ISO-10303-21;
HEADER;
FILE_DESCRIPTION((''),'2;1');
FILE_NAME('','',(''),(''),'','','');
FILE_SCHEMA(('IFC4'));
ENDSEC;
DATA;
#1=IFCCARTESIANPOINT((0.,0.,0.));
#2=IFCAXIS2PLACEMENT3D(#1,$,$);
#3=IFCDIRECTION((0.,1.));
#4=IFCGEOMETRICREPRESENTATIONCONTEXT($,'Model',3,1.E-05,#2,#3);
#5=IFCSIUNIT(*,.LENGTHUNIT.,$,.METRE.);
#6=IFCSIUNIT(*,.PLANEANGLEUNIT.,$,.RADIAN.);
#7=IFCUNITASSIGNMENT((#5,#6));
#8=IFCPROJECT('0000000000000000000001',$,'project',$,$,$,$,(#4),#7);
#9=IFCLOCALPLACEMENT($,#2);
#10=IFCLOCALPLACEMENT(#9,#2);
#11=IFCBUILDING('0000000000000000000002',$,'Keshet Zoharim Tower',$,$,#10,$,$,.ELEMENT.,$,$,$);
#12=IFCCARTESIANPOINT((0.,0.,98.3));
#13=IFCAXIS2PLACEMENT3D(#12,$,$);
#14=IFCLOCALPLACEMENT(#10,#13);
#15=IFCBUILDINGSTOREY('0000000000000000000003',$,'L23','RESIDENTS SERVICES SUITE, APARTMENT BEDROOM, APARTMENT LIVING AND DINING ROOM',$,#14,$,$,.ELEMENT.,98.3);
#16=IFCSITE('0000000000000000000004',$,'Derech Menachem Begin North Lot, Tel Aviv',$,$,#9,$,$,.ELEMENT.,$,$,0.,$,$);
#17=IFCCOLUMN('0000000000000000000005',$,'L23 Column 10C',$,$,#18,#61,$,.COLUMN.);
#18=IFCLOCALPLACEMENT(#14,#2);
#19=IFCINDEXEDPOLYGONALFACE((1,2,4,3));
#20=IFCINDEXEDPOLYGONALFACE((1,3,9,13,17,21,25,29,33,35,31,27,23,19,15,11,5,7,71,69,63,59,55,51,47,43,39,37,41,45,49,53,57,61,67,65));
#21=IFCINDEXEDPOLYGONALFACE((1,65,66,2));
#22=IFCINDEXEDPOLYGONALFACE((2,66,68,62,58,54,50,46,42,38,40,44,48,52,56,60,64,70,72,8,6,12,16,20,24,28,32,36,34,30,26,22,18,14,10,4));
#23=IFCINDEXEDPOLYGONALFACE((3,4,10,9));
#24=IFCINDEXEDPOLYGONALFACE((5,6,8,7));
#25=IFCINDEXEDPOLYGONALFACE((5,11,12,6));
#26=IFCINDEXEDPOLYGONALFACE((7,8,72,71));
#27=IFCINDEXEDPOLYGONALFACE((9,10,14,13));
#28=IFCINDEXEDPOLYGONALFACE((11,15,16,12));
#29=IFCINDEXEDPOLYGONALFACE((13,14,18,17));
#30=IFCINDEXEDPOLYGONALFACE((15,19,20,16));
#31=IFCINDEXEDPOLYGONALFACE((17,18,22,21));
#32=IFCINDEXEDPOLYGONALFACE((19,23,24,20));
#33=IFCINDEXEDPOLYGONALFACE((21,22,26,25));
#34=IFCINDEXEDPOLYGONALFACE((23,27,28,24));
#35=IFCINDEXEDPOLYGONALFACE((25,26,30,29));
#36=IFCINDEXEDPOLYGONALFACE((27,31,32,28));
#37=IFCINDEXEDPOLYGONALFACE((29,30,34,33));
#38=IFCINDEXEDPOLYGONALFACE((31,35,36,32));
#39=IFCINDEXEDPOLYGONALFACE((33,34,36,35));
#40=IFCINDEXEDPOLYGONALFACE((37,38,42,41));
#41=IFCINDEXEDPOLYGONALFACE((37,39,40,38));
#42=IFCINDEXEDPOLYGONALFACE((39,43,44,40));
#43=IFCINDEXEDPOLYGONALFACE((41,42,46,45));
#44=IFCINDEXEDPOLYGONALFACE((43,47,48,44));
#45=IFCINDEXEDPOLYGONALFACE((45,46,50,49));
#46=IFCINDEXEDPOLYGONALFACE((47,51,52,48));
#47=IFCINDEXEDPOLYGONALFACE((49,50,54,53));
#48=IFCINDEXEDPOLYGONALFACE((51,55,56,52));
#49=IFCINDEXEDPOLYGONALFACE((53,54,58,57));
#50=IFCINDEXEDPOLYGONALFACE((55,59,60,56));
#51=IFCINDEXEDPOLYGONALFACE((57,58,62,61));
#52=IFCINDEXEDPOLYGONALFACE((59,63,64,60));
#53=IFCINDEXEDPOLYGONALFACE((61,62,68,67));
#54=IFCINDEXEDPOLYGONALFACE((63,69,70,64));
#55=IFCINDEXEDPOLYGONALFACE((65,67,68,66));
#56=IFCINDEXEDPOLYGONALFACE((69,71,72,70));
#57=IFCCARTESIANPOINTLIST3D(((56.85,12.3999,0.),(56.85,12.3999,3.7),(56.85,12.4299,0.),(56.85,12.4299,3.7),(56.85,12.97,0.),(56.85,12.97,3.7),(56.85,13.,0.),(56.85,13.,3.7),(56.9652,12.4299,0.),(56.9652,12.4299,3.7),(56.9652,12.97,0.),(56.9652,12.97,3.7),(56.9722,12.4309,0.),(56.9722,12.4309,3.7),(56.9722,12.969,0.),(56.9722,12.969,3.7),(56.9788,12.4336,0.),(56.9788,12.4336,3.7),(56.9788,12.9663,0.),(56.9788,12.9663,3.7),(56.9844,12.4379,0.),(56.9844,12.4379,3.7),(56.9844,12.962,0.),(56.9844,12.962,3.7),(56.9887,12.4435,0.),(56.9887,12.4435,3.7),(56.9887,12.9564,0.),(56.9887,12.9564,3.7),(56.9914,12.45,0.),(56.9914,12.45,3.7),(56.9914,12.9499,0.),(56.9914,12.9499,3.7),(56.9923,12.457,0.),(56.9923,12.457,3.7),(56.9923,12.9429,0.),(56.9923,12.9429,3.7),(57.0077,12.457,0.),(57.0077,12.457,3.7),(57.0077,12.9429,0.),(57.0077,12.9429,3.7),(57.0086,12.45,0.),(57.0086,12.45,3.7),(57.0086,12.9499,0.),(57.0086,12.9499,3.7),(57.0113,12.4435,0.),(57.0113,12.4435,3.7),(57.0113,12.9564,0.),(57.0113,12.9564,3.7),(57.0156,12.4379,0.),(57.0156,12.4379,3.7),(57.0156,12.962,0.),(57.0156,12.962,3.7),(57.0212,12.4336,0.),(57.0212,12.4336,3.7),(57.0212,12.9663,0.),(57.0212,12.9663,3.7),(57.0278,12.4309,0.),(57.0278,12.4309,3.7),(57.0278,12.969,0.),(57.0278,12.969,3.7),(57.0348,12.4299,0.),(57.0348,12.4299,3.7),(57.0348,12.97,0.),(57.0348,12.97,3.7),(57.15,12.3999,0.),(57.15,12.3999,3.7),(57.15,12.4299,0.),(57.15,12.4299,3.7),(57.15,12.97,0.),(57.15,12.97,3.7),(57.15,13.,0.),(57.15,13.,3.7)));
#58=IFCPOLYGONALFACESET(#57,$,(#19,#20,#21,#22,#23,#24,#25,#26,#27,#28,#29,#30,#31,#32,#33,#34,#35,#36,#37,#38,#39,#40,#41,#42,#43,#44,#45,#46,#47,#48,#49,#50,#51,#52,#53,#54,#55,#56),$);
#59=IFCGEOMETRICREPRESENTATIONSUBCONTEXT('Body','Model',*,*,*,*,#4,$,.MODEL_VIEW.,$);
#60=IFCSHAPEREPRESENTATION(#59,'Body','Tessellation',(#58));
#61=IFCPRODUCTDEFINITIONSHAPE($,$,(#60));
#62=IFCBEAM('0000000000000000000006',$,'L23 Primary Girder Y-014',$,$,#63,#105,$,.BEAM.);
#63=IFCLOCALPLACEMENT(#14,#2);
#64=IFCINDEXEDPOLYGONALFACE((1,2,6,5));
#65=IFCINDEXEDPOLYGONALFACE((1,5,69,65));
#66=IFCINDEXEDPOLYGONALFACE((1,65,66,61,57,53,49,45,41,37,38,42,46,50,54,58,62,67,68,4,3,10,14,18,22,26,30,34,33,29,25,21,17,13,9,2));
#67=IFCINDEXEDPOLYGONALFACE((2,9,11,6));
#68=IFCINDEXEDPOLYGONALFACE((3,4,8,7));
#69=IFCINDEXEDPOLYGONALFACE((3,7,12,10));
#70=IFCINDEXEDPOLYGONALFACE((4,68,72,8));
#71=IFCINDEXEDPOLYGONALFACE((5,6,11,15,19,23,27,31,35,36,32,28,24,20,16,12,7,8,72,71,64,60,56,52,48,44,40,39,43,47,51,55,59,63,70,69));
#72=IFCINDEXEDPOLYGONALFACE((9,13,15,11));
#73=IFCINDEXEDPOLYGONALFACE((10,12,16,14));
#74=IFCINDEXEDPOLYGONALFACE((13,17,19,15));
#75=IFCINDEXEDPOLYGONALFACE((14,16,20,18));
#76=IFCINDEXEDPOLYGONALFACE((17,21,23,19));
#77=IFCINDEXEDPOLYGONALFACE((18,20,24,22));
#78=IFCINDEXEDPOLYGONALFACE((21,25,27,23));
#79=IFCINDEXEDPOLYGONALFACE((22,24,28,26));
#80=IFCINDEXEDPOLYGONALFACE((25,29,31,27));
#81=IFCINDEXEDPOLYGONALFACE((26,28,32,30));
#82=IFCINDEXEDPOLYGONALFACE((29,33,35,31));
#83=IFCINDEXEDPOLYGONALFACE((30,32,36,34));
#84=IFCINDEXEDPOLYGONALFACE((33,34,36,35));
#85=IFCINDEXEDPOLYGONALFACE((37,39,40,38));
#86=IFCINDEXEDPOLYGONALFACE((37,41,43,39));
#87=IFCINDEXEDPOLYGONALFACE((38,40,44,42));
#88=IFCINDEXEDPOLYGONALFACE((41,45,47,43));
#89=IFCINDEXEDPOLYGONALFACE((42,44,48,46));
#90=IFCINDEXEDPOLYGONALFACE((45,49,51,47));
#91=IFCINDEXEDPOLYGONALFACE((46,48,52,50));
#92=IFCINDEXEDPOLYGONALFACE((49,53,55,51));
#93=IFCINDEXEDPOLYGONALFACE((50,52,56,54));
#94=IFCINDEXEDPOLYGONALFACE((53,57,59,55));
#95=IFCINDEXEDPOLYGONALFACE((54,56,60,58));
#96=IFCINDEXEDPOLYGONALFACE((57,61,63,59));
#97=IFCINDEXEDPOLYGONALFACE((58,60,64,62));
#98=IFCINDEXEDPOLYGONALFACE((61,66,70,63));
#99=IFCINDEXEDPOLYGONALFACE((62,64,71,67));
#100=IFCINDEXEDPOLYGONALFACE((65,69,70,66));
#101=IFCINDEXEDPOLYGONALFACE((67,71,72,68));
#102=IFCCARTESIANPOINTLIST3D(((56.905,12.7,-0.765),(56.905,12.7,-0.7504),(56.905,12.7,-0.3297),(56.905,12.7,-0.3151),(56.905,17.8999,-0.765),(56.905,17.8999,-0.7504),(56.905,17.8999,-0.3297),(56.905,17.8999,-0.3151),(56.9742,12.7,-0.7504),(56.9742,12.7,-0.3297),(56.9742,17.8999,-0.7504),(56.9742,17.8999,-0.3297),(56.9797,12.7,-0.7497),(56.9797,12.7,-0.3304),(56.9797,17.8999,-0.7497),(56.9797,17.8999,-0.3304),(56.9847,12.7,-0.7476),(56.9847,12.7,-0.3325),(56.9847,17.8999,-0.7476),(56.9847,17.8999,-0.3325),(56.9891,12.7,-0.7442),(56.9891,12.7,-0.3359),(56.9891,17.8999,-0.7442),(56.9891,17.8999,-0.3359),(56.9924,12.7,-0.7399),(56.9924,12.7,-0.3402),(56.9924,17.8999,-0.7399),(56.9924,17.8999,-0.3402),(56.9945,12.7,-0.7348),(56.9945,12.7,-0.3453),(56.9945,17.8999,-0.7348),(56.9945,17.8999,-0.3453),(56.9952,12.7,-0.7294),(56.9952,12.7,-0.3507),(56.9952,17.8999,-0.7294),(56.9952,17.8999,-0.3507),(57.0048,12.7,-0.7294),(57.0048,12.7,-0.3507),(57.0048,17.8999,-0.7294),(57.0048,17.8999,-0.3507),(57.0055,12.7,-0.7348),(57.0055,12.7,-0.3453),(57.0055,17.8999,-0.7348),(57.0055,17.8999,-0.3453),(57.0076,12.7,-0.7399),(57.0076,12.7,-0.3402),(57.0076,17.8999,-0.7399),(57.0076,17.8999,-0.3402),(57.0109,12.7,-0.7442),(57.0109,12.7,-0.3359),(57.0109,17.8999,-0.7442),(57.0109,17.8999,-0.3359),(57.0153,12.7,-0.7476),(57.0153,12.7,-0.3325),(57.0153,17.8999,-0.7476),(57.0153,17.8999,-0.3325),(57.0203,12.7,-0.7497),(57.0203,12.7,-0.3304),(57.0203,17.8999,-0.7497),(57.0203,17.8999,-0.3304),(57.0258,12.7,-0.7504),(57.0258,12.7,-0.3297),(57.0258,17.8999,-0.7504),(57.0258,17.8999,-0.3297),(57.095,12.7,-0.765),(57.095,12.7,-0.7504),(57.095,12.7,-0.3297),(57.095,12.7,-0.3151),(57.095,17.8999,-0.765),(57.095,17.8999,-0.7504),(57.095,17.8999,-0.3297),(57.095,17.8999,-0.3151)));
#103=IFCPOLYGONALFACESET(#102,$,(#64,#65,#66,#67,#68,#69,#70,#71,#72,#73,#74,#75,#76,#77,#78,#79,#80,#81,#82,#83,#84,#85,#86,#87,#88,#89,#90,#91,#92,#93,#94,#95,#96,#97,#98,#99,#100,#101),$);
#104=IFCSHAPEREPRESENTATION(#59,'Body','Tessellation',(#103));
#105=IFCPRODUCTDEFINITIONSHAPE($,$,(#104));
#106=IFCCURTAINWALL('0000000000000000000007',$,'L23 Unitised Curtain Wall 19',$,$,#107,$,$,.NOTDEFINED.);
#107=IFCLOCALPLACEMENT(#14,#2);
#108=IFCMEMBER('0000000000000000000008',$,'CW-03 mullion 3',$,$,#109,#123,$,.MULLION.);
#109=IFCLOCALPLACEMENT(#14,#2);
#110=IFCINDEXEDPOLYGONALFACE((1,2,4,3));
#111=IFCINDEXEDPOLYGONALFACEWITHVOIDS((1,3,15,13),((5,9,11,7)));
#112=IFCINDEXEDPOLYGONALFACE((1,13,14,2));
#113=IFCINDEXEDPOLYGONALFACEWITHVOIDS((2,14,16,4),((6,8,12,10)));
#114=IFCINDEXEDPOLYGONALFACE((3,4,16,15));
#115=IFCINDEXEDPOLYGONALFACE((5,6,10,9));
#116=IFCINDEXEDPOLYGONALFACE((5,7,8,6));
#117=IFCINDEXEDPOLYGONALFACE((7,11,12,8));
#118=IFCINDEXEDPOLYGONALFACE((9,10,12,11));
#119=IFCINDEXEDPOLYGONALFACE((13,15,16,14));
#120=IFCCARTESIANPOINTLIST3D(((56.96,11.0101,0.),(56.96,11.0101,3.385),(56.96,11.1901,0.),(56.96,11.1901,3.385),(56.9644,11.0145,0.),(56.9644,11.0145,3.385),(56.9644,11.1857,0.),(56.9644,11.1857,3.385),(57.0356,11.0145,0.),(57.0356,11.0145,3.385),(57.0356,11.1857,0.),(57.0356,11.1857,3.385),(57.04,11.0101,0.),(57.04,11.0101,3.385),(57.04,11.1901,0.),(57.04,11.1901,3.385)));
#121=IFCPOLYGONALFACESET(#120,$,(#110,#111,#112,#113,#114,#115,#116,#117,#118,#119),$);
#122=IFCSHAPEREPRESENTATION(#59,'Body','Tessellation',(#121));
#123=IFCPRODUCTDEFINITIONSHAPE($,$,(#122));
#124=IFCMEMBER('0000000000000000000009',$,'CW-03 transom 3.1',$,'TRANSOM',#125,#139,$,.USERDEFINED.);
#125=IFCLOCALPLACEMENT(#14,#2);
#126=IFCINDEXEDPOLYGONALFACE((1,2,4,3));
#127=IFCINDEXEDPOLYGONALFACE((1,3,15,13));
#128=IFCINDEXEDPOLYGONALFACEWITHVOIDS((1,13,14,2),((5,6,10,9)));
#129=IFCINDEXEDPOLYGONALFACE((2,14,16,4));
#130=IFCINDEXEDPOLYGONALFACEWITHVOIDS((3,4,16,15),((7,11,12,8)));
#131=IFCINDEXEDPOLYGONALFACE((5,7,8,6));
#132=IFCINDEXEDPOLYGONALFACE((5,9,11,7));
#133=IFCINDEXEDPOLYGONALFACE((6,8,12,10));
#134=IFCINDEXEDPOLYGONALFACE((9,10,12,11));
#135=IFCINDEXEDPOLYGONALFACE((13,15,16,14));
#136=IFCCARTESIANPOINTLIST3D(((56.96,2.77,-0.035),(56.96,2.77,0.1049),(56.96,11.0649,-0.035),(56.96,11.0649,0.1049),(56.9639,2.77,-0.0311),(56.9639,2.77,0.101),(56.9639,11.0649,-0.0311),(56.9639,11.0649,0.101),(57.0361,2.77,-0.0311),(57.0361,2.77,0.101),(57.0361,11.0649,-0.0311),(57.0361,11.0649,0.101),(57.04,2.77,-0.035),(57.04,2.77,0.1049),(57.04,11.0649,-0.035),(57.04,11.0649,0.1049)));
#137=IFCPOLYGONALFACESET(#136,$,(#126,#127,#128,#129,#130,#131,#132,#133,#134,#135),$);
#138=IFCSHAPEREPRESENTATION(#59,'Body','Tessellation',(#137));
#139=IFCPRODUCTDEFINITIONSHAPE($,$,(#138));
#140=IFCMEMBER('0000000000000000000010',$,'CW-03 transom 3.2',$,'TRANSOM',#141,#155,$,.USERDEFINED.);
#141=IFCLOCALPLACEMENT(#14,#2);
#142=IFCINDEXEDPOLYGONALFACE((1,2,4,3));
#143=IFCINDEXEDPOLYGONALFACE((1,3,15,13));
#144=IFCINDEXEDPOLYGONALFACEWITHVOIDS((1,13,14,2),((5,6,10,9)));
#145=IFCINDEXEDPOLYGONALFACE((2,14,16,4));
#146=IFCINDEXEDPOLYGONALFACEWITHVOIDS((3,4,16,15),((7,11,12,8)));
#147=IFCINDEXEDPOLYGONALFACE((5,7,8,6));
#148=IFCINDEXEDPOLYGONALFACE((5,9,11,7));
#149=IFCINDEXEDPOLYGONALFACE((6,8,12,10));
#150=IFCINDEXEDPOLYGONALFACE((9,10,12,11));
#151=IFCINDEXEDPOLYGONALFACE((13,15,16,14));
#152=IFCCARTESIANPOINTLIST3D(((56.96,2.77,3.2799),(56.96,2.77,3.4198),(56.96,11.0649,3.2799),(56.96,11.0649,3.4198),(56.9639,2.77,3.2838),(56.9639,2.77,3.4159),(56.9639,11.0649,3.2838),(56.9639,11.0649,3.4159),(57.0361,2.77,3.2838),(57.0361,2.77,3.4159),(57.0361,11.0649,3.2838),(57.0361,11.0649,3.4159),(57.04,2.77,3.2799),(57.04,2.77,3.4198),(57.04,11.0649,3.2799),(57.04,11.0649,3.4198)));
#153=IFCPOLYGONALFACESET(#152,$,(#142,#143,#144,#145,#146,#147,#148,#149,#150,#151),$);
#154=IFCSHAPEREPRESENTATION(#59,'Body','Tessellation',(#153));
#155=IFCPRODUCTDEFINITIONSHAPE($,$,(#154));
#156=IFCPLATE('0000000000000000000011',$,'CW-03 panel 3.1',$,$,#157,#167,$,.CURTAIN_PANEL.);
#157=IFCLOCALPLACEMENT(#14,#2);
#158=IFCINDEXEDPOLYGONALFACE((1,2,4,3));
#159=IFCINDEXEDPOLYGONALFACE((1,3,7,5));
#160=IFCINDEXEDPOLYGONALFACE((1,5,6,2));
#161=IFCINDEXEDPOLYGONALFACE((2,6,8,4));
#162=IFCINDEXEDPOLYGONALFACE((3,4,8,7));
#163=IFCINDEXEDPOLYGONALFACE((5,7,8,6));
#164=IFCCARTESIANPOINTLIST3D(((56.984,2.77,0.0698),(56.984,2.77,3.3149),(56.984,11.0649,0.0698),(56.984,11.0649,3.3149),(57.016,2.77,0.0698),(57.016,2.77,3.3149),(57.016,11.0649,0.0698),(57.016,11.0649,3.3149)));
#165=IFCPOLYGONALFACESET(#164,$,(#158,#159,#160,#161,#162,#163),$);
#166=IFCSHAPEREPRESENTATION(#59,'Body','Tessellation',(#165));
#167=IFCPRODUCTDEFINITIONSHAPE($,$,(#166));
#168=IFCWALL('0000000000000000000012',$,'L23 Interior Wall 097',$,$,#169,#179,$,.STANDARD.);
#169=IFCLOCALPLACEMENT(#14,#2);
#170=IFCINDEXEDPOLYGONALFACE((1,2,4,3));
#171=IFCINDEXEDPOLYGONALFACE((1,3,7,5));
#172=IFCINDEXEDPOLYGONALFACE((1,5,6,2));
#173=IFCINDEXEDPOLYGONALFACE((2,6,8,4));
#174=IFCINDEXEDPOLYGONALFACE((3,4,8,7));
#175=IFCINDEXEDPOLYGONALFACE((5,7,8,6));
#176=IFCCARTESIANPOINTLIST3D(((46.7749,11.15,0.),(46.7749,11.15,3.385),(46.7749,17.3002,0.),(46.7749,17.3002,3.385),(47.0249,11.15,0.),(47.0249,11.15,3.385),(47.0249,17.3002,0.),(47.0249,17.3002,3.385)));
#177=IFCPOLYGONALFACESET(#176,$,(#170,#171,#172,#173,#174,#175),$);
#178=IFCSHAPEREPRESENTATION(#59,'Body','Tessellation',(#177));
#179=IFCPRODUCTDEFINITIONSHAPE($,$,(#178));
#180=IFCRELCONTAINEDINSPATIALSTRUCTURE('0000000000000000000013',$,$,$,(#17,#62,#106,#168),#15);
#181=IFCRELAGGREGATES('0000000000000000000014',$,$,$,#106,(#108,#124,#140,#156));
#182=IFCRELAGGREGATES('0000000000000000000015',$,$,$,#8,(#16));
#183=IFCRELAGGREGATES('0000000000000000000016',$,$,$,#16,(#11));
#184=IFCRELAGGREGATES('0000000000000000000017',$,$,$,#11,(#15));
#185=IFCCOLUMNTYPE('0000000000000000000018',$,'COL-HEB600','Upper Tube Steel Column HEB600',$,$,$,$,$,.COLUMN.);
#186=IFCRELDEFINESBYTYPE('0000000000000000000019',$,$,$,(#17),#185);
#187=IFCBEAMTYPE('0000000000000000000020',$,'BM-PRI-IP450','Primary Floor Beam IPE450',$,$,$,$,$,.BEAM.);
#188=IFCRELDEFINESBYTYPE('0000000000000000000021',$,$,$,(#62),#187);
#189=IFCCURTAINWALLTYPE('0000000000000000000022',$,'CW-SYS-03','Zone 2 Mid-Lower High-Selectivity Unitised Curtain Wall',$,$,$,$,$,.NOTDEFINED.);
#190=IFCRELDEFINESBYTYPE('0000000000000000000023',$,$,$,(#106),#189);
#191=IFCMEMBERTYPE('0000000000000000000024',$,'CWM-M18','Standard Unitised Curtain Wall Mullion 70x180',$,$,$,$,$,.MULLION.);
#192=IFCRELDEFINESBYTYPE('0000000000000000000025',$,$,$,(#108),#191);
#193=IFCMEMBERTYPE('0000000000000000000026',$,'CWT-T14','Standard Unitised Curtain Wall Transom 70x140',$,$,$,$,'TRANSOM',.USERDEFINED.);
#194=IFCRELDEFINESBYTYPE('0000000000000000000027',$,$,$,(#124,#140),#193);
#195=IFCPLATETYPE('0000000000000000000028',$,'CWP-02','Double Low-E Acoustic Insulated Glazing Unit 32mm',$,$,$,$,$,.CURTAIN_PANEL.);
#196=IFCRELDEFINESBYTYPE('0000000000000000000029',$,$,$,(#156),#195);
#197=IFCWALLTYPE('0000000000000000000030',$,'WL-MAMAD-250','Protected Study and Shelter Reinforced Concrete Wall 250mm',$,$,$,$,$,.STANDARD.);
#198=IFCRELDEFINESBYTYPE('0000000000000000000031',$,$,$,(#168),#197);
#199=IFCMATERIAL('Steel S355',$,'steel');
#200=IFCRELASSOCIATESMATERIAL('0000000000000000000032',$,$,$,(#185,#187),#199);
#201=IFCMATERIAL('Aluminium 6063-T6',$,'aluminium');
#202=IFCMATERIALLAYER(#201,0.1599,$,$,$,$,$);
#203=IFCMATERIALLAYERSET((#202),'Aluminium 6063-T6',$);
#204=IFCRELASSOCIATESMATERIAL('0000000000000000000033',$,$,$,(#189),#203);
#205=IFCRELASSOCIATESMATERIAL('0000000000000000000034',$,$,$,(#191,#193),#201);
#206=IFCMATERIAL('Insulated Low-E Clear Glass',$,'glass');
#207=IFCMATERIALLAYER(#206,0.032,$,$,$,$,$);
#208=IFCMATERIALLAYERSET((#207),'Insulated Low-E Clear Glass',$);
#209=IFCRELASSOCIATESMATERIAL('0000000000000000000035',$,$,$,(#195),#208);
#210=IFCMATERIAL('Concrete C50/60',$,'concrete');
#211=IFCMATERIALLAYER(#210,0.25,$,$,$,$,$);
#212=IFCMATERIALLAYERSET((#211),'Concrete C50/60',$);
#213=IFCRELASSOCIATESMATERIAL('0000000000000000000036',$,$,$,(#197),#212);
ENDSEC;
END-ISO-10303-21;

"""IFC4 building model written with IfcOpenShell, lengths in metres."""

from ifc_helpers import new_model, si_unit, direction, frame, frame_2d, origin, origin_2d, place, context, subcontext, project, spatial, rectangle, hollow_rectangle, i_section, extrude, material, layer, layer_set, material_profile, profile_set, type_object, element, aggregate, save


model = new_model("IFC4")

# Units and contexts
model_context = context("Model", 3, precision=1e-05, world=origin(), true_north=direction((0.0, 1.0)))
body_context = subcontext(model_context, "Body", "Model", "MODEL_VIEW")
ifc_project = project(units=[si_unit("LENGTHUNIT", "METRE"), si_unit("PLANEANGLEUNIT", "RADIAN")], contexts=[model_context])

# Site, building, storey
site_placement = place(None, origin())
site = spatial("IfcSite", under=ifc_project, at=site_placement, Name="Derech Menachem Begin North Lot, Tel Aviv", CompositionType="ELEMENT", RefElevation=0.0)
building_placement = place(site_placement, origin())
building = spatial("IfcBuilding", under=site, at=building_placement, Name="Keshet Zoharim Tower", CompositionType="ELEMENT")
storey_placement = place(building_placement, frame((0.0, 0.0, 98.3)))
storey = spatial("IfcBuildingStorey", under=building, at=storey_placement, Name="L23", Description="RESIDENTS SERVICES SUITE, APARTMENT BEDROOM, APARTMENT LIVING AND DINING ROOM", CompositionType="ELEMENT", Elevation=98.3)

# Column
ifc_material_1 = material(Name="Steel S355", Category="steel")
ifc_material_profile_1 = material_profile(ifc_material_1, i_section(OverallWidth=0.3, OverallDepth=0.6001, WebThickness=0.0154, FlangeThickness=0.03, FilletRadius=0.0271, at=origin_2d()), Name="HEB600")
ifc_profile_set_1 = profile_set([ifc_material_profile_1], Name="Steel S355")
column_type = type_object("IfcColumnType", Name="COL-HEB600", Description="Upper Tube Steel Column HEB600", PredefinedType="COLUMN", material=ifc_profile_set_1)
column_placement = place(storey_placement, frame((57.0, 12.7, 0.0), z_axis=(0.0, 0.0, 1.0), x_axis=(1.0, 0.0, 0.0)))
element("IfcColumn", 1, at=column_placement, inside=storey, type_object=column_type, Name="L23 Column 10C", PredefinedType="COLUMN", context=body_context, shape_type="SweptSolid", body=[
    extrude(i_section(OverallWidth=0.3, OverallDepth=0.6001, WebThickness=0.0154, FlangeThickness=0.03, FilletRadius=0.0271, at=origin_2d()), origin(), (0.0, 0.0, 1.0), 3.7),
])

# Beam
ifc_material_profile_2 = material_profile(ifc_material_1, i_section(OverallWidth=0.1899, OverallDepth=0.45, WebThickness=0.0095, FlangeThickness=0.0146, FilletRadius=0.021, at=origin_2d()), Name="IPE450")
ifc_profile_set_2 = profile_set([ifc_material_profile_2], Name="Steel S355")
beam_type = type_object("IfcBeamType", Name="BM-PRI-IP450", Description="Primary Floor Beam IPE450", PredefinedType="BEAM", material=ifc_profile_set_2)
beam_placement = place(storey_placement, frame((57.0, 12.7, -0.54), z_axis=(0.0, 1.0, 0.0), x_axis=(-1.0, 0.0, 0.0)))
element("IfcBeam", 2, at=beam_placement, inside=storey, type_object=beam_type, Name="L23 Primary Girder Y-014", PredefinedType="BEAM", context=body_context, shape_type="SweptSolid", body=[
    extrude(i_section(OverallWidth=0.1899, OverallDepth=0.45, WebThickness=0.0095, FlangeThickness=0.0146, FilletRadius=0.021, at=origin_2d()), origin(), (0.0, 0.0, 1.0), 5.2),
])

# Curtain wall, members, plate
ifc_material_2 = material(Name="Aluminium 6063-T6", Category="aluminium")
ifc_layer_1 = layer(ifc_material_2, 0.1599)
ifc_layer_set_1 = layer_set([ifc_layer_1], Name="Aluminium 6063-T6")
curtain_wall_type = type_object("IfcCurtainWallType", Name="CW-SYS-03", Description="Zone 2 Mid-Lower High-Selectivity Unitised Curtain Wall", PredefinedType="NOTDEFINED", material=ifc_layer_set_1)
curtain_wall_placement = place(storey_placement, origin())
curtain_wall = element("IfcCurtainWall", 3, at=curtain_wall_placement, inside=storey, type_object=curtain_wall_type, Name="L23 Unitised Curtain Wall 19", PredefinedType="NOTDEFINED")
ifc_material_profile_3 = material_profile(ifc_material_2, hollow_rectangle(XDim=0.0801, YDim=0.1799, WallThickness=0.0044, at=origin_2d()), Name="MUL-80x180")
ifc_profile_set_3 = profile_set([ifc_material_profile_3], Name="Aluminium 6063-T6")
member_type_1 = type_object("IfcMemberType", Name="CWM-M18", Description="Standard Unitised Curtain Wall Mullion 70x180", PredefinedType="MULLION", material=ifc_profile_set_3)
member_1_placement = place(storey_placement, frame((57.0, 11.1001, 0.0), z_axis=(0.0, 0.0, 1.0), x_axis=(1.0, 0.0, 0.0)))
member_1 = element("IfcMember", 4, at=member_1_placement, type_object=member_type_1, Name="CW-03 mullion 3", PredefinedType="MULLION", context=body_context, shape_type="SweptSolid", body=[
    extrude(hollow_rectangle(XDim=0.0801, YDim=0.1799, WallThickness=0.0044, at=origin_2d()), origin(), (0.0, 0.0, 1.0), 3.385),
])
ifc_material_profile_4 = material_profile(ifc_material_2, hollow_rectangle(XDim=0.0801, YDim=0.1399, WallThickness=0.0039, at=origin_2d()), Name="TRN-80x140")
ifc_profile_set_4 = profile_set([ifc_material_profile_4], Name="Aluminium 6063-T6")
member_type_2 = type_object("IfcMemberType", Name="CWT-T14", Description="Standard Unitised Curtain Wall Transom 70x140", ElementType="TRANSOM", PredefinedType="USERDEFINED", material=ifc_profile_set_4)
member_2_placement = place(storey_placement, frame((57.0, 11.0649, 0.0349), z_axis=(0.0, -1.0, 0.0), x_axis=(1.0, 0.0, 0.0)))
member_2 = element("IfcMember", 5, at=member_2_placement, type_object=member_type_2, Name="CW-03 transom 3.1", ObjectType="TRANSOM", PredefinedType="USERDEFINED", context=body_context, shape_type="SweptSolid", body=[
    extrude(hollow_rectangle(XDim=0.0801, YDim=0.1399, WallThickness=0.0039, at=origin_2d()), origin(), (0.0, 0.0, 1.0), 8.2949),
])
member_3_placement = place(storey_placement, frame((57.0, 11.0649, 3.3499), z_axis=(0.0, -1.0, 0.0), x_axis=(1.0, 0.0, 0.0)))
member_3 = element("IfcMember", 6, at=member_3_placement, type_object=member_type_2, Name="CW-03 transom 3.2", ObjectType="TRANSOM", PredefinedType="USERDEFINED", context=body_context, shape_type="SweptSolid", body=[
    extrude(hollow_rectangle(XDim=0.0801, YDim=0.1399, WallThickness=0.0039, at=origin_2d()), origin(), (0.0, 0.0, 1.0), 8.2949),
])
ifc_material_3 = material(Name="Insulated Low-E Clear Glass", Category="glass")
ifc_layer_2 = layer(ifc_material_3, 0.032)
ifc_layer_set_2 = layer_set([ifc_layer_2], Name="Insulated Low-E Clear Glass")
plate_type = type_object("IfcPlateType", Name="CWP-02", Description="Double Low-E Acoustic Insulated Glazing Unit 32mm", PredefinedType="CURTAIN_PANEL", material=ifc_layer_set_2)
plate_placement = place(storey_placement, frame((57.0, 6.9175, 0.0698), z_axis=(0.0, 0.0, 1.0), x_axis=(0.0, -1.0, 0.0)))
plate = element("IfcPlate", 7, at=plate_placement, type_object=plate_type, Name="CW-03 panel 3.1", PredefinedType="CURTAIN_PANEL", context=body_context, shape_type="SweptSolid", body=[
    extrude(rectangle(XDim=8.2949, YDim=0.032, at=origin_2d()), origin(), (0.0, 0.0, 1.0), 3.2451),
])
aggregate(curtain_wall, [member_1, member_2, member_3, plate])

# Wall
ifc_material_4 = material(Name="Concrete C50/60", Category="concrete")
ifc_layer_3 = layer(ifc_material_4, 0.25)
ifc_layer_set_3 = layer_set([ifc_layer_3], Name="Concrete C50/60")
wall_type_1 = type_object("IfcWallType", Name="WL-MAMAD-250", Description="Protected Study and Shelter Reinforced Concrete Wall 250mm", PredefinedType="STANDARD", material=ifc_layer_set_3)
for number, where, z_axis, x_axis, name in (
    (8, (46.8999, 11.1499, 0.0), (0.0, 0.0, 1.0), (0.0, 1.0, 0.0), "L23 Interior Wall 097"),
):
    element("IfcWall", number, at=place(storey_placement, frame(where, z_axis=z_axis, x_axis=x_axis)), inside=storey, type_object=wall_type_1, Name=name, PredefinedType="STANDARD", context=body_context, shape_type="SweptSolid", body=[
        extrude(rectangle(XDim=6.1501, YDim=0.25, at=frame_2d((3.0752, 0.0))), origin(), (0.0, 0.0, 1.0), 3.385),
    ])

save(model, "model.ifc")
